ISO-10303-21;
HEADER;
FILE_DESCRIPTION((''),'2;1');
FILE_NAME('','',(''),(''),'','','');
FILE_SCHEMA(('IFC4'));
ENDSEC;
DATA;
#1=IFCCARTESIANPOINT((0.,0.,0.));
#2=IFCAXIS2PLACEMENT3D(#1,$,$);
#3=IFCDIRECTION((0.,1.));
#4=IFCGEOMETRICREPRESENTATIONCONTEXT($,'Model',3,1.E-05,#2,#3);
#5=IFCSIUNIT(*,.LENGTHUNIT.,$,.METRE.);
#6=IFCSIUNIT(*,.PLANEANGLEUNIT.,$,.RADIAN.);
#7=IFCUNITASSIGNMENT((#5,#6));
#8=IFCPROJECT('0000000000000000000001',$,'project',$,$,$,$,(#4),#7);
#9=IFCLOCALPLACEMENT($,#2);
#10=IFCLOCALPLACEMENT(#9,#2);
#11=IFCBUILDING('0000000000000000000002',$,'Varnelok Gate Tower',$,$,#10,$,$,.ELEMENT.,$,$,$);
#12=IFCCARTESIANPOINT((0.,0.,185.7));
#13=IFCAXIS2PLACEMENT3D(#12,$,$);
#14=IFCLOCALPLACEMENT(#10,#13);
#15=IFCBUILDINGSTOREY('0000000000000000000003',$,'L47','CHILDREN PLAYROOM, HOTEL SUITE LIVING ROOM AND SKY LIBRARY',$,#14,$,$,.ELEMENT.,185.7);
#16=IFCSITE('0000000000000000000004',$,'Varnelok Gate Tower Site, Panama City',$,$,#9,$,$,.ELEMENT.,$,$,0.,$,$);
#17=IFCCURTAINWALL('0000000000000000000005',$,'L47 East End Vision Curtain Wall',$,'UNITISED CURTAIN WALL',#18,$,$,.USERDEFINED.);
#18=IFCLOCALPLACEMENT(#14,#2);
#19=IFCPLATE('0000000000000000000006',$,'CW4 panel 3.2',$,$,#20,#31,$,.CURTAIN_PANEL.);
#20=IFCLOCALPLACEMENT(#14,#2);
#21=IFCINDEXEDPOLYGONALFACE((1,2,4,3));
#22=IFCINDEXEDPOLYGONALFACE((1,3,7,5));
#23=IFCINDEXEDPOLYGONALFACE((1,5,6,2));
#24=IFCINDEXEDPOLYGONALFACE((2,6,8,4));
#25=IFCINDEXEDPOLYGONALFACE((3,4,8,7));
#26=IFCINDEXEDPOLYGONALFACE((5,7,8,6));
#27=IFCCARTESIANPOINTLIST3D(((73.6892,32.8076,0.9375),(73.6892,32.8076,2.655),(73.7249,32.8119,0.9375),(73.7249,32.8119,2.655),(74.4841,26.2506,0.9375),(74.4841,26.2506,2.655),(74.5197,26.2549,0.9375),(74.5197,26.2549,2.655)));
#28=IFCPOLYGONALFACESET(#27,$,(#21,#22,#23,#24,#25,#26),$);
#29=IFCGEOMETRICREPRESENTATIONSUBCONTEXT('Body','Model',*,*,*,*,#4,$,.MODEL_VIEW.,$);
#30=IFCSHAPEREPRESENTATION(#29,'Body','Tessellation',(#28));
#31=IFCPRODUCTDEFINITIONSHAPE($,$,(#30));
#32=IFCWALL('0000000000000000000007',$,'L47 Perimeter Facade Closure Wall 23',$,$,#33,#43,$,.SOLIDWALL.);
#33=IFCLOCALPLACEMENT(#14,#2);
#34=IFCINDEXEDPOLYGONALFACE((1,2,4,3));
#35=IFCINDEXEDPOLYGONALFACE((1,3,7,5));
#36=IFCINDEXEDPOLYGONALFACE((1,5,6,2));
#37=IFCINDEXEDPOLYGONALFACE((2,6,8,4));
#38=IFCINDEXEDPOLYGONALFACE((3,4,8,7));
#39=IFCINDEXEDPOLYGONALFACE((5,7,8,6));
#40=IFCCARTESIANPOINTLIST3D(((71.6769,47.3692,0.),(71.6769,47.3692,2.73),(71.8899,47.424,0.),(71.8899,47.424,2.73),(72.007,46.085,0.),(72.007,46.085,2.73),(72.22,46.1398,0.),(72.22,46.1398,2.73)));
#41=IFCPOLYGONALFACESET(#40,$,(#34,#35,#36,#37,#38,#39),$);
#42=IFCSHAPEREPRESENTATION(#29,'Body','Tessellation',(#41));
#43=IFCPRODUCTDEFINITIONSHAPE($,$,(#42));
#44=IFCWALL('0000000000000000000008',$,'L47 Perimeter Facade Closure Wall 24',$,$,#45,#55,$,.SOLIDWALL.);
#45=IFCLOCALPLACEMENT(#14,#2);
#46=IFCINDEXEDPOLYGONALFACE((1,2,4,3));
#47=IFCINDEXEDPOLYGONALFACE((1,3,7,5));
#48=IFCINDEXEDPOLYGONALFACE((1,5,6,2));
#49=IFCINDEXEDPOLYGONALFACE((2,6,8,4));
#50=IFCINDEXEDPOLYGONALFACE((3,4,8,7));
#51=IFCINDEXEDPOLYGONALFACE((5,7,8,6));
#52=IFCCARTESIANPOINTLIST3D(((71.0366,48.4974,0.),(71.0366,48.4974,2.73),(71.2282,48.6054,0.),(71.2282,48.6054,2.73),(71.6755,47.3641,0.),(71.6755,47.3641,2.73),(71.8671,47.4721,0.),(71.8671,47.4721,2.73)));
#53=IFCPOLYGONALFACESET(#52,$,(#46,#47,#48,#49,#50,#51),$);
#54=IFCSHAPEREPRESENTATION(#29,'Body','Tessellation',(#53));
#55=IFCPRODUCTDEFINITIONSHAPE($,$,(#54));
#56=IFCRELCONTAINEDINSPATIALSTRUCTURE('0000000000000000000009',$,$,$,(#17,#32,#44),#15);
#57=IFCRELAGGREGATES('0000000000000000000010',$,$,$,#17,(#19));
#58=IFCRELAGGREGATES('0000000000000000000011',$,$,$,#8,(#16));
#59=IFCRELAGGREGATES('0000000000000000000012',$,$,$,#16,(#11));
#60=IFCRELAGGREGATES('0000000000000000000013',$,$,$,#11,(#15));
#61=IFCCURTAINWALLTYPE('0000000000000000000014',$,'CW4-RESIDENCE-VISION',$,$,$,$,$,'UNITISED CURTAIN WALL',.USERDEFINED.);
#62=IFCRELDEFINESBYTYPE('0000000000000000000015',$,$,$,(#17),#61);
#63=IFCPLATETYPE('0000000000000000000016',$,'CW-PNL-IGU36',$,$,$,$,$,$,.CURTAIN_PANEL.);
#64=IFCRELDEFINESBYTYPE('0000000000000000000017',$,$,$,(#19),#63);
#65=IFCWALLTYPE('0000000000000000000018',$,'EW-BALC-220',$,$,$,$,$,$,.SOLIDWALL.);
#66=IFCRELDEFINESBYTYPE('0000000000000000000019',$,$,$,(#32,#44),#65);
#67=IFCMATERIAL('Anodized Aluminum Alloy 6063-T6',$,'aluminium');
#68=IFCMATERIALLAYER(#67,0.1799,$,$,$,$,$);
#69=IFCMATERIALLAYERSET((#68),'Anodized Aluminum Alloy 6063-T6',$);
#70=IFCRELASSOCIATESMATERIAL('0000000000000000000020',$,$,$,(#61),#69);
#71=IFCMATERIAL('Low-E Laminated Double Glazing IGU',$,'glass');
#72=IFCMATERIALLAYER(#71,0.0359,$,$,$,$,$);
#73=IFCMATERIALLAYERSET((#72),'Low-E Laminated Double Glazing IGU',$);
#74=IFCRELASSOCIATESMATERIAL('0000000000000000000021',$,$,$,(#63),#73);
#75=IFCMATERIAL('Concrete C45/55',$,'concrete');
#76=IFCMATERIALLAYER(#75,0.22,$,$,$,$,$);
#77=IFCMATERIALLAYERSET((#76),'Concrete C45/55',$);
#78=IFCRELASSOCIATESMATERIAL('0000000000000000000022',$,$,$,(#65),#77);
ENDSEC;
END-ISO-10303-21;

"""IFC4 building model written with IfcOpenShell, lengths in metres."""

from ifc_helpers import new_model, si_unit, direction, frame, frame_2d, origin, origin_2d, place, context, subcontext, project, spatial, rectangle, extrude, source, transform, mapped, material, layer, layer_set, type_object, element, aggregate, save


model = new_model("IFC4")

# Units and contexts
model_context = context("Model", 3, precision=1e-05, world=origin(), true_north=direction((0.0, 1.0)))
body_context = subcontext(model_context, "Body", "Model", "MODEL_VIEW")
ifc_project = project(units=[si_unit("LENGTHUNIT", "METRE"), si_unit("PLANEANGLEUNIT", "RADIAN")], contexts=[model_context])

# Site, building, storey
site_placement = place(None, origin())
site = spatial("IfcSite", under=ifc_project, at=site_placement, Name="Varnelok Gate Tower Site, Panama City", CompositionType="ELEMENT", RefElevation=0.0)
building_placement = place(site_placement, origin())
building = spatial("IfcBuilding", under=site, at=building_placement, Name="Varnelok Gate Tower", CompositionType="ELEMENT")
storey_placement = place(building_placement, frame((0.0, 0.0, 185.7)))
storey = spatial("IfcBuildingStorey", under=building, at=storey_placement, Name="L47", Description="CHILDREN PLAYROOM, HOTEL SUITE LIVING ROOM AND SKY LIBRARY", CompositionType="ELEMENT", Elevation=185.7)

# Curtain wall, plate
ifc_material_1 = material(Name="Anodized Aluminum Alloy 6063-T6", Category="aluminium")
ifc_layer_1 = layer(ifc_material_1, 0.1799)
ifc_layer_set_1 = layer_set([ifc_layer_1], Name="Anodized Aluminum Alloy 6063-T6")
curtain_wall_type = type_object("IfcCurtainWallType", Name="CW4-RESIDENCE-VISION", ElementType="UNITISED CURTAIN WALL", PredefinedType="USERDEFINED", material=ifc_layer_set_1)
curtain_wall_placement = place(storey_placement, origin())
curtain_wall = element("IfcCurtainWall", 1, at=curtain_wall_placement, inside=storey, type_object=curtain_wall_type, Name="L47 East End Vision Curtain Wall", ObjectType="UNITISED CURTAIN WALL", PredefinedType="USERDEFINED")
ifc_material_2 = material(Name="Low-E Laminated Double Glazing IGU", Category="glass")
ifc_layer_2 = layer(ifc_material_2, 0.0359)
ifc_layer_set_2 = layer_set([ifc_layer_2], Name="Low-E Laminated Double Glazing IGU")
plate_type = type_object("IfcPlateType", Name="CW-PNL-IGU36", PredefinedType="CURTAIN_PANEL", material=ifc_layer_set_2)
shared_shape_1 = source(origin(), body_context, "Body", "SweptSolid", [
    extrude(rectangle(XDim=6.605, YDim=0.0359, at=origin_2d()), origin(), (0.0, 0.0, 1.0), 1.7175),
])
plate_1_placement = place(storey_placement, frame((74.1045, 29.5312, 0.9375), z_axis=(0.0, 0.0, 1.0), x_axis=(0.120345, -0.992732, 0.0)))
plate_1 = element("IfcPlate", 2, at=plate_1_placement, type_object=plate_type, Name="CW4 panel 3.2", PredefinedType="CURTAIN_PANEL", context=body_context, shape_type="MappedRepresentation", body=[
    mapped(shared_shape_1, transform((0.0, 0.0, 0.0), scale=1.0)),
])
aggregate(curtain_wall, [plate_1])

# Walls
ifc_material_3 = material(Name="Concrete C45/55", Category="concrete")
ifc_layer_3 = layer(ifc_material_3, 0.22)
ifc_layer_set_3 = layer_set([ifc_layer_3], Name="Concrete C45/55")
wall_type = type_object("IfcWallType", Name="EW-BALC-220", PredefinedType="SOLIDWALL", material=ifc_layer_set_3)
wall_1_placement = place(storey_placement, frame((72.1135, 46.1123, 0.0), z_axis=(0.0, 0.0, 1.0), x_axis=(-0.248942, 0.968518, 0.0)))
element("IfcWall", 3, at=wall_1_placement, inside=storey, type_object=wall_type, Name="L47 Perimeter Facade Closure Wall 23", PredefinedType="SOLIDWALL", context=body_context, shape_type="SweptSolid", body=[
    extrude(rectangle(XDim=1.3259, YDim=0.22, at=frame_2d((0.6631, 0.0))), origin(), (0.0, 0.0, 1.0), 2.73),
])
wall_2_placement = place(storey_placement, frame((71.7712, 47.4182, 0.0), z_axis=(0.0, 0.0, 1.0), x_axis=(-0.491099, 0.871104, 0.0)))
element("IfcWall", 4, at=wall_2_placement, inside=storey, type_object=wall_type, Name="L47 Perimeter Facade Closure Wall 24", PredefinedType="SOLIDWALL", context=body_context, shape_type="SweptSolid", body=[
    extrude(rectangle(XDim=1.301, YDim=0.22, at=frame_2d((0.6504, 0.0))), origin(), (0.0, 0.0, 1.0), 2.73),
])

save(model, "model.ifc")
